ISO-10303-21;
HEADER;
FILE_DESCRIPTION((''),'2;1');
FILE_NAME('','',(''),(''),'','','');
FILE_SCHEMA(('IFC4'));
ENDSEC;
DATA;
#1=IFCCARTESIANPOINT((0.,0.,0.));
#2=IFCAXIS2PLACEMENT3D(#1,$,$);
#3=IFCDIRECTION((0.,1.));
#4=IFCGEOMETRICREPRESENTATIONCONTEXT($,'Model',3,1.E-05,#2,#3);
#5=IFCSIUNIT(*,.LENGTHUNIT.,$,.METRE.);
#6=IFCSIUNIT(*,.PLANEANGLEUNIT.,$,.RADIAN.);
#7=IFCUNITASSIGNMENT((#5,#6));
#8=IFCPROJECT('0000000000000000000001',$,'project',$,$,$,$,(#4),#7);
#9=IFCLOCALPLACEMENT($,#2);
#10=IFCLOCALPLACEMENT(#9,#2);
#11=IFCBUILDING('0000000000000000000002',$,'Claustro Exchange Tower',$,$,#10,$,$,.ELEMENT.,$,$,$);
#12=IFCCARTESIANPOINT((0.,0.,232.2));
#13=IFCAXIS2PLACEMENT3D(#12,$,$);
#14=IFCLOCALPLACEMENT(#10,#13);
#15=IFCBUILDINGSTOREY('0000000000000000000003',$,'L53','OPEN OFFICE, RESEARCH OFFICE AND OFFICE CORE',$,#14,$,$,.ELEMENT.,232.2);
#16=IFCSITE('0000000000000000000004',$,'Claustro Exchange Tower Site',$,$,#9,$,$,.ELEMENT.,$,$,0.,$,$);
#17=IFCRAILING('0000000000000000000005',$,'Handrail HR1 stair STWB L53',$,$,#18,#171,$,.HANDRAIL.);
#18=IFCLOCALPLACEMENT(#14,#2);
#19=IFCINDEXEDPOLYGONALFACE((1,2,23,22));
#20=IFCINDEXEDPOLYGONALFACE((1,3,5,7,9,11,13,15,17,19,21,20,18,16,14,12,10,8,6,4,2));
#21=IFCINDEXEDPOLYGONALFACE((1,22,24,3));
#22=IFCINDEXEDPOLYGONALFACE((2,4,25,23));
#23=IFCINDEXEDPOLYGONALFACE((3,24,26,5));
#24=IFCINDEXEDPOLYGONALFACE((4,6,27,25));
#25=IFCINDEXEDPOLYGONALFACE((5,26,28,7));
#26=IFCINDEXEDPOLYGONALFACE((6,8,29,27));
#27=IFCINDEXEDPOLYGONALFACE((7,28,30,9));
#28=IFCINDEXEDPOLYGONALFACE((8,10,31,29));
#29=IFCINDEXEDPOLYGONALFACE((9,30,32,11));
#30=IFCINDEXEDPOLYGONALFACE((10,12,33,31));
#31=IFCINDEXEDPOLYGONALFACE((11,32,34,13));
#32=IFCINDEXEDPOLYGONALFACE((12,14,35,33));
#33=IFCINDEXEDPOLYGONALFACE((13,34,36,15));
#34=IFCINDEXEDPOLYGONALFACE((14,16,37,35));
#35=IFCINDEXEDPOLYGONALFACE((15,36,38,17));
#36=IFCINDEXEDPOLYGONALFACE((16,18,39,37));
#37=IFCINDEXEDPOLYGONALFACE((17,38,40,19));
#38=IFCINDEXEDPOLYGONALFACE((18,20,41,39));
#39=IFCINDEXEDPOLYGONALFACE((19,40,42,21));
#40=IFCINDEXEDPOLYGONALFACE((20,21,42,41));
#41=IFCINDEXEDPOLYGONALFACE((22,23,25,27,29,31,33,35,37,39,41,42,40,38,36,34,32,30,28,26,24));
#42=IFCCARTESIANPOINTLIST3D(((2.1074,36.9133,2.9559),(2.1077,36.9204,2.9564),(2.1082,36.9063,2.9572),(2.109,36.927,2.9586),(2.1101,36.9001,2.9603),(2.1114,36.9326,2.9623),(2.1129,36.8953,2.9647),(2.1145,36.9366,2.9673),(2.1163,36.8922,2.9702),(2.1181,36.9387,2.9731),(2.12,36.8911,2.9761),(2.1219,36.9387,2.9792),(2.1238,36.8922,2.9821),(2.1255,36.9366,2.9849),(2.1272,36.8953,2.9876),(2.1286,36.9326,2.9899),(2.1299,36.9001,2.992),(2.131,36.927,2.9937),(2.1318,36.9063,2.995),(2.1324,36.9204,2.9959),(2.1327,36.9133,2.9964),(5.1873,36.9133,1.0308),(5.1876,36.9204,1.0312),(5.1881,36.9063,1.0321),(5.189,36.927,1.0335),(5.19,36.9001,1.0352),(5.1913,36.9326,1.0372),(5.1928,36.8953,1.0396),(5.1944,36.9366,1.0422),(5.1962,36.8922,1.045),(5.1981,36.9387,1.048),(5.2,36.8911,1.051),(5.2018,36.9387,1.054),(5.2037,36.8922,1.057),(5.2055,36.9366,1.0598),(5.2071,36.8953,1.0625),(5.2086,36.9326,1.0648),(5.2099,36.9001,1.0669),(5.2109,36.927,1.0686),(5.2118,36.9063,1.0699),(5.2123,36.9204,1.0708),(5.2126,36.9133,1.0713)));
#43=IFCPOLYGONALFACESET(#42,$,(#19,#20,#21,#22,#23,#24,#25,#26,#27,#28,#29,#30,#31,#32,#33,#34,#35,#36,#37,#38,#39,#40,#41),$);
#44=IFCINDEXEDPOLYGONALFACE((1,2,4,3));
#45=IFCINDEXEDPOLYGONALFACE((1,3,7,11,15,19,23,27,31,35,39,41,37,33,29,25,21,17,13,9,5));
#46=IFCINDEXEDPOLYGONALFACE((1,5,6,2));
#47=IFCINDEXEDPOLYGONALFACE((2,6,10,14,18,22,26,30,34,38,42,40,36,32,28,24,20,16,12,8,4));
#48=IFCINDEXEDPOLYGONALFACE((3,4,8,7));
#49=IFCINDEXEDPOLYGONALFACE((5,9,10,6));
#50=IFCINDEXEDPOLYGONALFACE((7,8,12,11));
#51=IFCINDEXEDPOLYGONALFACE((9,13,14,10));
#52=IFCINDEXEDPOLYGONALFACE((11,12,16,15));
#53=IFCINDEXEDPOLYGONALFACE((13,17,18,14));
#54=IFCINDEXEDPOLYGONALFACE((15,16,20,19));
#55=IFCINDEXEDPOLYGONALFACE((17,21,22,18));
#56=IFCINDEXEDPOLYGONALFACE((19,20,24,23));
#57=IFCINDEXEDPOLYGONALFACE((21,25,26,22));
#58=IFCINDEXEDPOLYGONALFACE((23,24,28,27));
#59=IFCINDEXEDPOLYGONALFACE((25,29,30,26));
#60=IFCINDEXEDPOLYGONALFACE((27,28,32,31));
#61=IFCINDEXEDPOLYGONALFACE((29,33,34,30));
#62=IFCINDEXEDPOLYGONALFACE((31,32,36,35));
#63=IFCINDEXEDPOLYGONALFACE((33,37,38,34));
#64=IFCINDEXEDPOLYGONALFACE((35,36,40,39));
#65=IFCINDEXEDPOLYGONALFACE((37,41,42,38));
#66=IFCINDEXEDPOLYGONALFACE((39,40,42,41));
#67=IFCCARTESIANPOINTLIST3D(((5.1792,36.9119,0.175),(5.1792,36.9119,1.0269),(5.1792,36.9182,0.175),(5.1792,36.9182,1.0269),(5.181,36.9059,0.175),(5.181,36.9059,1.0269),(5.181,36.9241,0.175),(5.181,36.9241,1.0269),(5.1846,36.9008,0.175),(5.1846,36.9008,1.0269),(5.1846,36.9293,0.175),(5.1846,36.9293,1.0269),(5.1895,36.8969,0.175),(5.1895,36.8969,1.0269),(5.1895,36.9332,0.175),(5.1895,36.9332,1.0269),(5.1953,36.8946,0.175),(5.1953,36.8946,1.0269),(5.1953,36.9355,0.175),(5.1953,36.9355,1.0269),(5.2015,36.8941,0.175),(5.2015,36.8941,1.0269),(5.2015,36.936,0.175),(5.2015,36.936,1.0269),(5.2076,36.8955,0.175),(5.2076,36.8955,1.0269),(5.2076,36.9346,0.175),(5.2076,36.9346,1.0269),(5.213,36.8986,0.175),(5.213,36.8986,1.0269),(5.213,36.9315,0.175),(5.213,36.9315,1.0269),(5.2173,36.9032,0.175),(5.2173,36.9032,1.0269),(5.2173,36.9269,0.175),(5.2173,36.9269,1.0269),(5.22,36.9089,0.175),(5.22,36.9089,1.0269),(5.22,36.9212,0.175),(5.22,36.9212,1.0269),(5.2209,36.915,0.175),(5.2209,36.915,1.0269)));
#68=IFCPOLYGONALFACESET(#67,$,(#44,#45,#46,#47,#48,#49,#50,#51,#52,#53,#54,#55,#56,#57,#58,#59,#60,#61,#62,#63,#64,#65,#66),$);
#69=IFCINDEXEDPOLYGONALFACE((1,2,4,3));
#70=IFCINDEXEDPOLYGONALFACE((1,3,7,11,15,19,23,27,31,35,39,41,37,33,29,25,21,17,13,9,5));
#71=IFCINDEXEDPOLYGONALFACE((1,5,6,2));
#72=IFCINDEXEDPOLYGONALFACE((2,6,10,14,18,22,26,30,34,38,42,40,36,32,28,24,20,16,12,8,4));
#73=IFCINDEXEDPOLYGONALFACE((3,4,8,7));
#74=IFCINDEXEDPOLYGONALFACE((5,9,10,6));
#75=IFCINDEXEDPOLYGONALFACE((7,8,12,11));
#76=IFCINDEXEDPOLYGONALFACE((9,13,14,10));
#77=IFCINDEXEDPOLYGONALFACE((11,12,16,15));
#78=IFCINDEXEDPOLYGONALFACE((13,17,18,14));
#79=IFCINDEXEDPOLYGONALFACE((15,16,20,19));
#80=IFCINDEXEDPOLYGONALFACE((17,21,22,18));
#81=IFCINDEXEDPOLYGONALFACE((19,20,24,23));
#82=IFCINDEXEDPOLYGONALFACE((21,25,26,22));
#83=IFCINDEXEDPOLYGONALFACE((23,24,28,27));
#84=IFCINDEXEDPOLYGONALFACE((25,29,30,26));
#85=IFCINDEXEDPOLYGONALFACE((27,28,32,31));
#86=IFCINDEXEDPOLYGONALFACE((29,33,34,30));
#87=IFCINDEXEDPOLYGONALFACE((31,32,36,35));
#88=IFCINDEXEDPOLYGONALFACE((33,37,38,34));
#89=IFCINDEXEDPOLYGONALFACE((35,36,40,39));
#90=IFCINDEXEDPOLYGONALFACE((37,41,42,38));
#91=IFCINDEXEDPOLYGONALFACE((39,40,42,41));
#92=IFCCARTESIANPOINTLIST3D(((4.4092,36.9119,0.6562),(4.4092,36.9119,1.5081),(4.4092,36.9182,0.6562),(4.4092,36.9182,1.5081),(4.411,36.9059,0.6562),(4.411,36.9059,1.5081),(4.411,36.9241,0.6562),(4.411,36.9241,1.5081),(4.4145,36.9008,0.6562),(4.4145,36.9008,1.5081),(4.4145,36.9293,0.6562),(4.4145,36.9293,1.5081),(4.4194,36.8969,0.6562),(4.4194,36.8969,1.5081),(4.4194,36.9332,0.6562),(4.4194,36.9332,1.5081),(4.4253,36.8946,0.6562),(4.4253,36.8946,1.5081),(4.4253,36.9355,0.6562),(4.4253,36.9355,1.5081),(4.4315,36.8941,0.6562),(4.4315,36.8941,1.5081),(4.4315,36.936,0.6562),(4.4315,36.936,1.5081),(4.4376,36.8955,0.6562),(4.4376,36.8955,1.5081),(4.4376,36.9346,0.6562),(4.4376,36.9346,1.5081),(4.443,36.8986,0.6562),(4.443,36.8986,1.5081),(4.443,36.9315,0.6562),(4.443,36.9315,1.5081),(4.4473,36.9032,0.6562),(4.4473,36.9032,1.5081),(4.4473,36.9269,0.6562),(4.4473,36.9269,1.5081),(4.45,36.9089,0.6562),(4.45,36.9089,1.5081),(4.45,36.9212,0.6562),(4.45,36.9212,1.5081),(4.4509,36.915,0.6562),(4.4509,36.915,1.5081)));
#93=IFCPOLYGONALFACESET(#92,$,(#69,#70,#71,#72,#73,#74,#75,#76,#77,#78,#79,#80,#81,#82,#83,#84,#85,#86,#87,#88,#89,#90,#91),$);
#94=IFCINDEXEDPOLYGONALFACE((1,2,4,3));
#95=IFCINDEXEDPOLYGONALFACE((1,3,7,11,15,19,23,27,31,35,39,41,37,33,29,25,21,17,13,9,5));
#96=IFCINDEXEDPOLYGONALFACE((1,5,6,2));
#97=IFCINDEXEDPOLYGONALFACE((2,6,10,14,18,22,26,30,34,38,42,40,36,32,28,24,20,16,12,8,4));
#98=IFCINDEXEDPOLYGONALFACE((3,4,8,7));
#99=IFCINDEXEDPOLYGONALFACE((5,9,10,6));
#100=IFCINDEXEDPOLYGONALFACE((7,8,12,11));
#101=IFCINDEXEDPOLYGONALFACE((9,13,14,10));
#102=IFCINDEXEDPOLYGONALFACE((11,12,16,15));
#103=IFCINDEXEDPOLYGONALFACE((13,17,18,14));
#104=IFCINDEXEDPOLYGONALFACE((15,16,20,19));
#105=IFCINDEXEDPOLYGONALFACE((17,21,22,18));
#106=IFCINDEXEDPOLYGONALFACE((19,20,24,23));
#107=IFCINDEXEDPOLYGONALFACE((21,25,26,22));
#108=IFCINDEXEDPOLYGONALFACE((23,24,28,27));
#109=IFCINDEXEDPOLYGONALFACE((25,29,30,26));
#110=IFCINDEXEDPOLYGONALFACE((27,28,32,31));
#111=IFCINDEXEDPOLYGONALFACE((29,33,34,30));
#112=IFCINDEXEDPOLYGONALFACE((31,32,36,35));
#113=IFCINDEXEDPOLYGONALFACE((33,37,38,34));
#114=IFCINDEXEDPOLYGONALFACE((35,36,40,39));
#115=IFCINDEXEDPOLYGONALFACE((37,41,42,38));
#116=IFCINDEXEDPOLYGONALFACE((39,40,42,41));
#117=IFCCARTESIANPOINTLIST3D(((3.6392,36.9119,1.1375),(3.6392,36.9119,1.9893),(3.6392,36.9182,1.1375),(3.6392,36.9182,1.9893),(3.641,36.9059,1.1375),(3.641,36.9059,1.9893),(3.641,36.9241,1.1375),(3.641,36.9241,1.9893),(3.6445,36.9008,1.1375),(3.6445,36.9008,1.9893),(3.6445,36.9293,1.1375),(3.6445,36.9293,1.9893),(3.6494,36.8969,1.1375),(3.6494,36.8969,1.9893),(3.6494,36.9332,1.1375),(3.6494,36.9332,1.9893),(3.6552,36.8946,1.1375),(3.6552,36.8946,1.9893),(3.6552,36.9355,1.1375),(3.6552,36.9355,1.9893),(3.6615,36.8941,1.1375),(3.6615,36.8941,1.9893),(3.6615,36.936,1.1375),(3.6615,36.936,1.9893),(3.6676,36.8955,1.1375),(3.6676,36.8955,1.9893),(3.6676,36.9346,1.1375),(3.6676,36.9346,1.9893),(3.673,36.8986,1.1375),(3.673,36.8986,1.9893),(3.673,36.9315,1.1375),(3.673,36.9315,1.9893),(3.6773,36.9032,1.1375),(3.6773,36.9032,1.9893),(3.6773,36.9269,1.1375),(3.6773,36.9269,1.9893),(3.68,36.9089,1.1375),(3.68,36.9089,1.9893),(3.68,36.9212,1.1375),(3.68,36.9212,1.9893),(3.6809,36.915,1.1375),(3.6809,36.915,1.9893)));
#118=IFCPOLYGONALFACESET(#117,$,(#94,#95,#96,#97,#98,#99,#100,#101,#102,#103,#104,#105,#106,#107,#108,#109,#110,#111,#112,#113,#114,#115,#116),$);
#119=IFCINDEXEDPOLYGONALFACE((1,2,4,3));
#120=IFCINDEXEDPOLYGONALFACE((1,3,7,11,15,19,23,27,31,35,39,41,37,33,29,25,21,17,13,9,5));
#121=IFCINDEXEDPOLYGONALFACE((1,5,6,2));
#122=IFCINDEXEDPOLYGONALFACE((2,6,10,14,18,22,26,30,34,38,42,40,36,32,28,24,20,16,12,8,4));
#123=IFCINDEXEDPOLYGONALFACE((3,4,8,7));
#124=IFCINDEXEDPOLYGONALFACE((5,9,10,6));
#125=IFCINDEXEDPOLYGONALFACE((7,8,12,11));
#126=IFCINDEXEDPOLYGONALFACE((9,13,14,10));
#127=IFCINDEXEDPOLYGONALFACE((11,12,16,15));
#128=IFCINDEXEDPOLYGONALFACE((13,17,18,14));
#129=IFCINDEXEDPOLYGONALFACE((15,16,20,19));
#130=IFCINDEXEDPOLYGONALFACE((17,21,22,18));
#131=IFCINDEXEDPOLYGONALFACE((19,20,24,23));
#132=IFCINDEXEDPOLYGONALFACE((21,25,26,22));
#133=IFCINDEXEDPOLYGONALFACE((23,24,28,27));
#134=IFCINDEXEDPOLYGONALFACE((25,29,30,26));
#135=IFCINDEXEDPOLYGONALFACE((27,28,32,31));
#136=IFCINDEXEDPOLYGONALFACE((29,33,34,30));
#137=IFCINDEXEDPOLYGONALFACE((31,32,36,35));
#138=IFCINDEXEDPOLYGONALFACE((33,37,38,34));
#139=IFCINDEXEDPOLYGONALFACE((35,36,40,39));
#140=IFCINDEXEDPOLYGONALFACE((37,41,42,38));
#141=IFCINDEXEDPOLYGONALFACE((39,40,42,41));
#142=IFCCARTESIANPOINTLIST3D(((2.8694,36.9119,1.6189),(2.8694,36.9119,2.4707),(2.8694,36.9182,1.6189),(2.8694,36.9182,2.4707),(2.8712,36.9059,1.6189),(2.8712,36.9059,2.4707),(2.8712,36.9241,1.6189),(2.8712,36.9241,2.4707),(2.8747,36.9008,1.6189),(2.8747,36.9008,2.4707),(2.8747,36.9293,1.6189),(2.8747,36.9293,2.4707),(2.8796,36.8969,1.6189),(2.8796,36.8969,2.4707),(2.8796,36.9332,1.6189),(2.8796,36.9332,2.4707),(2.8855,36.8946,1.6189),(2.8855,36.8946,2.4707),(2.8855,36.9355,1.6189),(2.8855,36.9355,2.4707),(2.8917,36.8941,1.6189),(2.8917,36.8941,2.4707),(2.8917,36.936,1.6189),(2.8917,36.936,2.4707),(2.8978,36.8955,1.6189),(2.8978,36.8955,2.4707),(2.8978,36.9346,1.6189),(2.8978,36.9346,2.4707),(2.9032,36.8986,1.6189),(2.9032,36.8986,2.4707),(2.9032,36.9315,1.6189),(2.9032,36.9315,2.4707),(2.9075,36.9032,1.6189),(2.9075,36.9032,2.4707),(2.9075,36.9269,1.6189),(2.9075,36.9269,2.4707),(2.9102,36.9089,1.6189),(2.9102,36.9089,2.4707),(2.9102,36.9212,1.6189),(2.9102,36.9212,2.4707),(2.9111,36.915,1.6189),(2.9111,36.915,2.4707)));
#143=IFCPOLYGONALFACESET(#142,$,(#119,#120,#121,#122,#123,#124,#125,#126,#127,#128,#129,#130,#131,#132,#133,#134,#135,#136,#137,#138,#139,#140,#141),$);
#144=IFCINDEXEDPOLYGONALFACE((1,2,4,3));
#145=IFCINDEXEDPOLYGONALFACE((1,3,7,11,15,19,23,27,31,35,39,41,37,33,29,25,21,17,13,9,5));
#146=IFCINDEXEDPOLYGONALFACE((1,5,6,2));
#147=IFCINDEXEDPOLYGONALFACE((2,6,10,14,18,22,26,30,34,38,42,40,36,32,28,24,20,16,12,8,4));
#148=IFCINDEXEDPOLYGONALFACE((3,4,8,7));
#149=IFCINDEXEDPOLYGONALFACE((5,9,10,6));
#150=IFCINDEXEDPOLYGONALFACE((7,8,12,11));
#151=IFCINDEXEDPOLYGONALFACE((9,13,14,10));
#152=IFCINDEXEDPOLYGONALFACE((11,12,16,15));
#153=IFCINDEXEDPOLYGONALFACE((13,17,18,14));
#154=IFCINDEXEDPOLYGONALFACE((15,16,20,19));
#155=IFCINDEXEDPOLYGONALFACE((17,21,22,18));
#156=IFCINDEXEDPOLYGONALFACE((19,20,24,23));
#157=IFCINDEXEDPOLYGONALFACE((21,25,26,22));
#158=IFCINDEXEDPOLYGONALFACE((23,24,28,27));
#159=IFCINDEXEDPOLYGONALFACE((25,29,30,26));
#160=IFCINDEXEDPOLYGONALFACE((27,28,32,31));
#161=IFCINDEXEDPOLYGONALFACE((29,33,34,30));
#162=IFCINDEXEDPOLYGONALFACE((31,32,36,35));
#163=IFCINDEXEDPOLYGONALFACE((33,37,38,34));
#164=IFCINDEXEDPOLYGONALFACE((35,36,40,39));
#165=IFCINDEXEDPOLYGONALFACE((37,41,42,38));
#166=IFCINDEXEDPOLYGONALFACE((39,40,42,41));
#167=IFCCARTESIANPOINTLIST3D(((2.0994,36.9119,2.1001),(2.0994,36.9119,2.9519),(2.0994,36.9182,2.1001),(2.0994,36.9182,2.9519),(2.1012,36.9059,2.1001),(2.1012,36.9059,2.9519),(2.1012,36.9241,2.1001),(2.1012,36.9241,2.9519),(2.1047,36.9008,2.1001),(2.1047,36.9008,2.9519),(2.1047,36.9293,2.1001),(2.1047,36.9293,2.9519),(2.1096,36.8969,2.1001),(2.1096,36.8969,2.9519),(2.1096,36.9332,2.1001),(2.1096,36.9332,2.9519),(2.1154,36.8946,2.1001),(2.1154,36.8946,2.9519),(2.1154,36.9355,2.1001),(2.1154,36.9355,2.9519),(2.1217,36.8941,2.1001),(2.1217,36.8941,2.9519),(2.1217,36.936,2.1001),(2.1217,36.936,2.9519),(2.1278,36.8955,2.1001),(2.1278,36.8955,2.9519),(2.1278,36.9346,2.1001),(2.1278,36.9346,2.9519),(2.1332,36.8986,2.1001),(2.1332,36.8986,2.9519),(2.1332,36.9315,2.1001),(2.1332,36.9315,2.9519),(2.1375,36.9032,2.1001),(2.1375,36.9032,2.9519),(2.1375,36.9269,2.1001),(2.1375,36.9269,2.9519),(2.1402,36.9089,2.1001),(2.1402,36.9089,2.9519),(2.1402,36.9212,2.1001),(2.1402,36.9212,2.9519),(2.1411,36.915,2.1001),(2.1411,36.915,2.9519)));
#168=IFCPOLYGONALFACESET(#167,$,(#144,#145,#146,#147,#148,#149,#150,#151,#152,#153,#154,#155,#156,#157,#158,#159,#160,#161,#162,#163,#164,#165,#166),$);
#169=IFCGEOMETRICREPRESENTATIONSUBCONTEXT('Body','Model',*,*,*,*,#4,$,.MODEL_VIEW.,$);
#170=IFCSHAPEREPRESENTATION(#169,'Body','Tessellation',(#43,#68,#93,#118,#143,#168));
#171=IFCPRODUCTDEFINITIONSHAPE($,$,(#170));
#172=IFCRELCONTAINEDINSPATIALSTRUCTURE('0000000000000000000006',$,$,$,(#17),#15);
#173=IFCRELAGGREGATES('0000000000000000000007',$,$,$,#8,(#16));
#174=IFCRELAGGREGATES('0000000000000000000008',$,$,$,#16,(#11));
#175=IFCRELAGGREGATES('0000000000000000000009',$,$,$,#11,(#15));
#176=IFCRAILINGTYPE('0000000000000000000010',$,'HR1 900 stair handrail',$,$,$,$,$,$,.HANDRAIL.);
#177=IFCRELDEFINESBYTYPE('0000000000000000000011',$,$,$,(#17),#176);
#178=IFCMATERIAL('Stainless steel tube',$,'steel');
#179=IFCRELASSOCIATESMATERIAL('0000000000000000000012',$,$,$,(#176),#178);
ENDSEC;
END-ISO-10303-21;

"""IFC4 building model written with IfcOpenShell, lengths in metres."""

from ifc_helpers import new_model, si_unit, direction, frame, origin, origin_2d, place, context, subcontext, project, spatial, circle, extrude, material, type_object, element, save


model = new_model("IFC4")

# Units and contexts
model_context = context("Model", 3, precision=1e-05, world=origin(), true_north=direction((0.0, 1.0)))
body_context = subcontext(model_context, "Body", "Model", "MODEL_VIEW")
ifc_project = project(units=[si_unit("LENGTHUNIT", "METRE"), si_unit("PLANEANGLEUNIT", "RADIAN")], contexts=[model_context])

# Site, building, storey
site_placement = place(None, origin())
site = spatial("IfcSite", under=ifc_project, at=site_placement, Name="Claustro Exchange Tower Site", CompositionType="ELEMENT", RefElevation=0.0)
building_placement = place(site_placement, origin())
building = spatial("IfcBuilding", under=site, at=building_placement, Name="Claustro Exchange Tower", CompositionType="ELEMENT")
storey_placement = place(building_placement, frame((0.0, 0.0, 232.2)))
storey = spatial("IfcBuildingStorey", under=building, at=storey_placement, Name="L53", Description="OPEN OFFICE, RESEARCH OFFICE AND OFFICE CORE", CompositionType="ELEMENT", Elevation=232.2)

# Railing
ifc_material_1 = material(Name="Stainless steel tube", Category="steel")
railing_type_1 = type_object("IfcRailingType", Name="HR1 900 stair handrail", PredefinedType="HANDRAIL", material=ifc_material_1)
railing_1_placement = place(storey_placement, frame((5.2, 36.915, 0.175)))
element("IfcRailing", 1, at=railing_1_placement, inside=storey, type_object=railing_type_1, Name="Handrail HR1 stair STWB L53", PredefinedType="HANDRAIL", context=body_context, shape_type="SweptSolid", body=[
    extrude(circle(Radius=0.0239, at=origin_2d()), frame((0.0, 0.0, 0.876), z_axis=(-0.847979, 0.0, 0.530029), x_axis=(0.0, -1.0, 0.0)), (0.0, 0.0, 1.0), 3.6321),
    extrude(circle(Radius=0.021, at=origin_2d()), origin(), (0.0, 0.0, 1.0), 0.8518),
    extrude(circle(Radius=0.021, at=origin_2d()), frame((-0.77, 0.0, 0.4812)), (0.0, 0.0, 1.0), 0.8518),
    extrude(circle(Radius=0.021, at=origin_2d()), frame((-1.54, 0.0, 0.9624)), (0.0, 0.0, 1.0), 0.8518),
    extrude(circle(Radius=0.021, at=origin_2d()), frame((-2.3098, 0.0, 1.4438)), (0.0, 0.0, 1.0), 0.8518),
    extrude(circle(Radius=0.021, at=origin_2d()), frame((-3.0798, 0.0, 1.925)), (0.0, 0.0, 1.0), 0.8518),
])

save(model, "model.ifc")
